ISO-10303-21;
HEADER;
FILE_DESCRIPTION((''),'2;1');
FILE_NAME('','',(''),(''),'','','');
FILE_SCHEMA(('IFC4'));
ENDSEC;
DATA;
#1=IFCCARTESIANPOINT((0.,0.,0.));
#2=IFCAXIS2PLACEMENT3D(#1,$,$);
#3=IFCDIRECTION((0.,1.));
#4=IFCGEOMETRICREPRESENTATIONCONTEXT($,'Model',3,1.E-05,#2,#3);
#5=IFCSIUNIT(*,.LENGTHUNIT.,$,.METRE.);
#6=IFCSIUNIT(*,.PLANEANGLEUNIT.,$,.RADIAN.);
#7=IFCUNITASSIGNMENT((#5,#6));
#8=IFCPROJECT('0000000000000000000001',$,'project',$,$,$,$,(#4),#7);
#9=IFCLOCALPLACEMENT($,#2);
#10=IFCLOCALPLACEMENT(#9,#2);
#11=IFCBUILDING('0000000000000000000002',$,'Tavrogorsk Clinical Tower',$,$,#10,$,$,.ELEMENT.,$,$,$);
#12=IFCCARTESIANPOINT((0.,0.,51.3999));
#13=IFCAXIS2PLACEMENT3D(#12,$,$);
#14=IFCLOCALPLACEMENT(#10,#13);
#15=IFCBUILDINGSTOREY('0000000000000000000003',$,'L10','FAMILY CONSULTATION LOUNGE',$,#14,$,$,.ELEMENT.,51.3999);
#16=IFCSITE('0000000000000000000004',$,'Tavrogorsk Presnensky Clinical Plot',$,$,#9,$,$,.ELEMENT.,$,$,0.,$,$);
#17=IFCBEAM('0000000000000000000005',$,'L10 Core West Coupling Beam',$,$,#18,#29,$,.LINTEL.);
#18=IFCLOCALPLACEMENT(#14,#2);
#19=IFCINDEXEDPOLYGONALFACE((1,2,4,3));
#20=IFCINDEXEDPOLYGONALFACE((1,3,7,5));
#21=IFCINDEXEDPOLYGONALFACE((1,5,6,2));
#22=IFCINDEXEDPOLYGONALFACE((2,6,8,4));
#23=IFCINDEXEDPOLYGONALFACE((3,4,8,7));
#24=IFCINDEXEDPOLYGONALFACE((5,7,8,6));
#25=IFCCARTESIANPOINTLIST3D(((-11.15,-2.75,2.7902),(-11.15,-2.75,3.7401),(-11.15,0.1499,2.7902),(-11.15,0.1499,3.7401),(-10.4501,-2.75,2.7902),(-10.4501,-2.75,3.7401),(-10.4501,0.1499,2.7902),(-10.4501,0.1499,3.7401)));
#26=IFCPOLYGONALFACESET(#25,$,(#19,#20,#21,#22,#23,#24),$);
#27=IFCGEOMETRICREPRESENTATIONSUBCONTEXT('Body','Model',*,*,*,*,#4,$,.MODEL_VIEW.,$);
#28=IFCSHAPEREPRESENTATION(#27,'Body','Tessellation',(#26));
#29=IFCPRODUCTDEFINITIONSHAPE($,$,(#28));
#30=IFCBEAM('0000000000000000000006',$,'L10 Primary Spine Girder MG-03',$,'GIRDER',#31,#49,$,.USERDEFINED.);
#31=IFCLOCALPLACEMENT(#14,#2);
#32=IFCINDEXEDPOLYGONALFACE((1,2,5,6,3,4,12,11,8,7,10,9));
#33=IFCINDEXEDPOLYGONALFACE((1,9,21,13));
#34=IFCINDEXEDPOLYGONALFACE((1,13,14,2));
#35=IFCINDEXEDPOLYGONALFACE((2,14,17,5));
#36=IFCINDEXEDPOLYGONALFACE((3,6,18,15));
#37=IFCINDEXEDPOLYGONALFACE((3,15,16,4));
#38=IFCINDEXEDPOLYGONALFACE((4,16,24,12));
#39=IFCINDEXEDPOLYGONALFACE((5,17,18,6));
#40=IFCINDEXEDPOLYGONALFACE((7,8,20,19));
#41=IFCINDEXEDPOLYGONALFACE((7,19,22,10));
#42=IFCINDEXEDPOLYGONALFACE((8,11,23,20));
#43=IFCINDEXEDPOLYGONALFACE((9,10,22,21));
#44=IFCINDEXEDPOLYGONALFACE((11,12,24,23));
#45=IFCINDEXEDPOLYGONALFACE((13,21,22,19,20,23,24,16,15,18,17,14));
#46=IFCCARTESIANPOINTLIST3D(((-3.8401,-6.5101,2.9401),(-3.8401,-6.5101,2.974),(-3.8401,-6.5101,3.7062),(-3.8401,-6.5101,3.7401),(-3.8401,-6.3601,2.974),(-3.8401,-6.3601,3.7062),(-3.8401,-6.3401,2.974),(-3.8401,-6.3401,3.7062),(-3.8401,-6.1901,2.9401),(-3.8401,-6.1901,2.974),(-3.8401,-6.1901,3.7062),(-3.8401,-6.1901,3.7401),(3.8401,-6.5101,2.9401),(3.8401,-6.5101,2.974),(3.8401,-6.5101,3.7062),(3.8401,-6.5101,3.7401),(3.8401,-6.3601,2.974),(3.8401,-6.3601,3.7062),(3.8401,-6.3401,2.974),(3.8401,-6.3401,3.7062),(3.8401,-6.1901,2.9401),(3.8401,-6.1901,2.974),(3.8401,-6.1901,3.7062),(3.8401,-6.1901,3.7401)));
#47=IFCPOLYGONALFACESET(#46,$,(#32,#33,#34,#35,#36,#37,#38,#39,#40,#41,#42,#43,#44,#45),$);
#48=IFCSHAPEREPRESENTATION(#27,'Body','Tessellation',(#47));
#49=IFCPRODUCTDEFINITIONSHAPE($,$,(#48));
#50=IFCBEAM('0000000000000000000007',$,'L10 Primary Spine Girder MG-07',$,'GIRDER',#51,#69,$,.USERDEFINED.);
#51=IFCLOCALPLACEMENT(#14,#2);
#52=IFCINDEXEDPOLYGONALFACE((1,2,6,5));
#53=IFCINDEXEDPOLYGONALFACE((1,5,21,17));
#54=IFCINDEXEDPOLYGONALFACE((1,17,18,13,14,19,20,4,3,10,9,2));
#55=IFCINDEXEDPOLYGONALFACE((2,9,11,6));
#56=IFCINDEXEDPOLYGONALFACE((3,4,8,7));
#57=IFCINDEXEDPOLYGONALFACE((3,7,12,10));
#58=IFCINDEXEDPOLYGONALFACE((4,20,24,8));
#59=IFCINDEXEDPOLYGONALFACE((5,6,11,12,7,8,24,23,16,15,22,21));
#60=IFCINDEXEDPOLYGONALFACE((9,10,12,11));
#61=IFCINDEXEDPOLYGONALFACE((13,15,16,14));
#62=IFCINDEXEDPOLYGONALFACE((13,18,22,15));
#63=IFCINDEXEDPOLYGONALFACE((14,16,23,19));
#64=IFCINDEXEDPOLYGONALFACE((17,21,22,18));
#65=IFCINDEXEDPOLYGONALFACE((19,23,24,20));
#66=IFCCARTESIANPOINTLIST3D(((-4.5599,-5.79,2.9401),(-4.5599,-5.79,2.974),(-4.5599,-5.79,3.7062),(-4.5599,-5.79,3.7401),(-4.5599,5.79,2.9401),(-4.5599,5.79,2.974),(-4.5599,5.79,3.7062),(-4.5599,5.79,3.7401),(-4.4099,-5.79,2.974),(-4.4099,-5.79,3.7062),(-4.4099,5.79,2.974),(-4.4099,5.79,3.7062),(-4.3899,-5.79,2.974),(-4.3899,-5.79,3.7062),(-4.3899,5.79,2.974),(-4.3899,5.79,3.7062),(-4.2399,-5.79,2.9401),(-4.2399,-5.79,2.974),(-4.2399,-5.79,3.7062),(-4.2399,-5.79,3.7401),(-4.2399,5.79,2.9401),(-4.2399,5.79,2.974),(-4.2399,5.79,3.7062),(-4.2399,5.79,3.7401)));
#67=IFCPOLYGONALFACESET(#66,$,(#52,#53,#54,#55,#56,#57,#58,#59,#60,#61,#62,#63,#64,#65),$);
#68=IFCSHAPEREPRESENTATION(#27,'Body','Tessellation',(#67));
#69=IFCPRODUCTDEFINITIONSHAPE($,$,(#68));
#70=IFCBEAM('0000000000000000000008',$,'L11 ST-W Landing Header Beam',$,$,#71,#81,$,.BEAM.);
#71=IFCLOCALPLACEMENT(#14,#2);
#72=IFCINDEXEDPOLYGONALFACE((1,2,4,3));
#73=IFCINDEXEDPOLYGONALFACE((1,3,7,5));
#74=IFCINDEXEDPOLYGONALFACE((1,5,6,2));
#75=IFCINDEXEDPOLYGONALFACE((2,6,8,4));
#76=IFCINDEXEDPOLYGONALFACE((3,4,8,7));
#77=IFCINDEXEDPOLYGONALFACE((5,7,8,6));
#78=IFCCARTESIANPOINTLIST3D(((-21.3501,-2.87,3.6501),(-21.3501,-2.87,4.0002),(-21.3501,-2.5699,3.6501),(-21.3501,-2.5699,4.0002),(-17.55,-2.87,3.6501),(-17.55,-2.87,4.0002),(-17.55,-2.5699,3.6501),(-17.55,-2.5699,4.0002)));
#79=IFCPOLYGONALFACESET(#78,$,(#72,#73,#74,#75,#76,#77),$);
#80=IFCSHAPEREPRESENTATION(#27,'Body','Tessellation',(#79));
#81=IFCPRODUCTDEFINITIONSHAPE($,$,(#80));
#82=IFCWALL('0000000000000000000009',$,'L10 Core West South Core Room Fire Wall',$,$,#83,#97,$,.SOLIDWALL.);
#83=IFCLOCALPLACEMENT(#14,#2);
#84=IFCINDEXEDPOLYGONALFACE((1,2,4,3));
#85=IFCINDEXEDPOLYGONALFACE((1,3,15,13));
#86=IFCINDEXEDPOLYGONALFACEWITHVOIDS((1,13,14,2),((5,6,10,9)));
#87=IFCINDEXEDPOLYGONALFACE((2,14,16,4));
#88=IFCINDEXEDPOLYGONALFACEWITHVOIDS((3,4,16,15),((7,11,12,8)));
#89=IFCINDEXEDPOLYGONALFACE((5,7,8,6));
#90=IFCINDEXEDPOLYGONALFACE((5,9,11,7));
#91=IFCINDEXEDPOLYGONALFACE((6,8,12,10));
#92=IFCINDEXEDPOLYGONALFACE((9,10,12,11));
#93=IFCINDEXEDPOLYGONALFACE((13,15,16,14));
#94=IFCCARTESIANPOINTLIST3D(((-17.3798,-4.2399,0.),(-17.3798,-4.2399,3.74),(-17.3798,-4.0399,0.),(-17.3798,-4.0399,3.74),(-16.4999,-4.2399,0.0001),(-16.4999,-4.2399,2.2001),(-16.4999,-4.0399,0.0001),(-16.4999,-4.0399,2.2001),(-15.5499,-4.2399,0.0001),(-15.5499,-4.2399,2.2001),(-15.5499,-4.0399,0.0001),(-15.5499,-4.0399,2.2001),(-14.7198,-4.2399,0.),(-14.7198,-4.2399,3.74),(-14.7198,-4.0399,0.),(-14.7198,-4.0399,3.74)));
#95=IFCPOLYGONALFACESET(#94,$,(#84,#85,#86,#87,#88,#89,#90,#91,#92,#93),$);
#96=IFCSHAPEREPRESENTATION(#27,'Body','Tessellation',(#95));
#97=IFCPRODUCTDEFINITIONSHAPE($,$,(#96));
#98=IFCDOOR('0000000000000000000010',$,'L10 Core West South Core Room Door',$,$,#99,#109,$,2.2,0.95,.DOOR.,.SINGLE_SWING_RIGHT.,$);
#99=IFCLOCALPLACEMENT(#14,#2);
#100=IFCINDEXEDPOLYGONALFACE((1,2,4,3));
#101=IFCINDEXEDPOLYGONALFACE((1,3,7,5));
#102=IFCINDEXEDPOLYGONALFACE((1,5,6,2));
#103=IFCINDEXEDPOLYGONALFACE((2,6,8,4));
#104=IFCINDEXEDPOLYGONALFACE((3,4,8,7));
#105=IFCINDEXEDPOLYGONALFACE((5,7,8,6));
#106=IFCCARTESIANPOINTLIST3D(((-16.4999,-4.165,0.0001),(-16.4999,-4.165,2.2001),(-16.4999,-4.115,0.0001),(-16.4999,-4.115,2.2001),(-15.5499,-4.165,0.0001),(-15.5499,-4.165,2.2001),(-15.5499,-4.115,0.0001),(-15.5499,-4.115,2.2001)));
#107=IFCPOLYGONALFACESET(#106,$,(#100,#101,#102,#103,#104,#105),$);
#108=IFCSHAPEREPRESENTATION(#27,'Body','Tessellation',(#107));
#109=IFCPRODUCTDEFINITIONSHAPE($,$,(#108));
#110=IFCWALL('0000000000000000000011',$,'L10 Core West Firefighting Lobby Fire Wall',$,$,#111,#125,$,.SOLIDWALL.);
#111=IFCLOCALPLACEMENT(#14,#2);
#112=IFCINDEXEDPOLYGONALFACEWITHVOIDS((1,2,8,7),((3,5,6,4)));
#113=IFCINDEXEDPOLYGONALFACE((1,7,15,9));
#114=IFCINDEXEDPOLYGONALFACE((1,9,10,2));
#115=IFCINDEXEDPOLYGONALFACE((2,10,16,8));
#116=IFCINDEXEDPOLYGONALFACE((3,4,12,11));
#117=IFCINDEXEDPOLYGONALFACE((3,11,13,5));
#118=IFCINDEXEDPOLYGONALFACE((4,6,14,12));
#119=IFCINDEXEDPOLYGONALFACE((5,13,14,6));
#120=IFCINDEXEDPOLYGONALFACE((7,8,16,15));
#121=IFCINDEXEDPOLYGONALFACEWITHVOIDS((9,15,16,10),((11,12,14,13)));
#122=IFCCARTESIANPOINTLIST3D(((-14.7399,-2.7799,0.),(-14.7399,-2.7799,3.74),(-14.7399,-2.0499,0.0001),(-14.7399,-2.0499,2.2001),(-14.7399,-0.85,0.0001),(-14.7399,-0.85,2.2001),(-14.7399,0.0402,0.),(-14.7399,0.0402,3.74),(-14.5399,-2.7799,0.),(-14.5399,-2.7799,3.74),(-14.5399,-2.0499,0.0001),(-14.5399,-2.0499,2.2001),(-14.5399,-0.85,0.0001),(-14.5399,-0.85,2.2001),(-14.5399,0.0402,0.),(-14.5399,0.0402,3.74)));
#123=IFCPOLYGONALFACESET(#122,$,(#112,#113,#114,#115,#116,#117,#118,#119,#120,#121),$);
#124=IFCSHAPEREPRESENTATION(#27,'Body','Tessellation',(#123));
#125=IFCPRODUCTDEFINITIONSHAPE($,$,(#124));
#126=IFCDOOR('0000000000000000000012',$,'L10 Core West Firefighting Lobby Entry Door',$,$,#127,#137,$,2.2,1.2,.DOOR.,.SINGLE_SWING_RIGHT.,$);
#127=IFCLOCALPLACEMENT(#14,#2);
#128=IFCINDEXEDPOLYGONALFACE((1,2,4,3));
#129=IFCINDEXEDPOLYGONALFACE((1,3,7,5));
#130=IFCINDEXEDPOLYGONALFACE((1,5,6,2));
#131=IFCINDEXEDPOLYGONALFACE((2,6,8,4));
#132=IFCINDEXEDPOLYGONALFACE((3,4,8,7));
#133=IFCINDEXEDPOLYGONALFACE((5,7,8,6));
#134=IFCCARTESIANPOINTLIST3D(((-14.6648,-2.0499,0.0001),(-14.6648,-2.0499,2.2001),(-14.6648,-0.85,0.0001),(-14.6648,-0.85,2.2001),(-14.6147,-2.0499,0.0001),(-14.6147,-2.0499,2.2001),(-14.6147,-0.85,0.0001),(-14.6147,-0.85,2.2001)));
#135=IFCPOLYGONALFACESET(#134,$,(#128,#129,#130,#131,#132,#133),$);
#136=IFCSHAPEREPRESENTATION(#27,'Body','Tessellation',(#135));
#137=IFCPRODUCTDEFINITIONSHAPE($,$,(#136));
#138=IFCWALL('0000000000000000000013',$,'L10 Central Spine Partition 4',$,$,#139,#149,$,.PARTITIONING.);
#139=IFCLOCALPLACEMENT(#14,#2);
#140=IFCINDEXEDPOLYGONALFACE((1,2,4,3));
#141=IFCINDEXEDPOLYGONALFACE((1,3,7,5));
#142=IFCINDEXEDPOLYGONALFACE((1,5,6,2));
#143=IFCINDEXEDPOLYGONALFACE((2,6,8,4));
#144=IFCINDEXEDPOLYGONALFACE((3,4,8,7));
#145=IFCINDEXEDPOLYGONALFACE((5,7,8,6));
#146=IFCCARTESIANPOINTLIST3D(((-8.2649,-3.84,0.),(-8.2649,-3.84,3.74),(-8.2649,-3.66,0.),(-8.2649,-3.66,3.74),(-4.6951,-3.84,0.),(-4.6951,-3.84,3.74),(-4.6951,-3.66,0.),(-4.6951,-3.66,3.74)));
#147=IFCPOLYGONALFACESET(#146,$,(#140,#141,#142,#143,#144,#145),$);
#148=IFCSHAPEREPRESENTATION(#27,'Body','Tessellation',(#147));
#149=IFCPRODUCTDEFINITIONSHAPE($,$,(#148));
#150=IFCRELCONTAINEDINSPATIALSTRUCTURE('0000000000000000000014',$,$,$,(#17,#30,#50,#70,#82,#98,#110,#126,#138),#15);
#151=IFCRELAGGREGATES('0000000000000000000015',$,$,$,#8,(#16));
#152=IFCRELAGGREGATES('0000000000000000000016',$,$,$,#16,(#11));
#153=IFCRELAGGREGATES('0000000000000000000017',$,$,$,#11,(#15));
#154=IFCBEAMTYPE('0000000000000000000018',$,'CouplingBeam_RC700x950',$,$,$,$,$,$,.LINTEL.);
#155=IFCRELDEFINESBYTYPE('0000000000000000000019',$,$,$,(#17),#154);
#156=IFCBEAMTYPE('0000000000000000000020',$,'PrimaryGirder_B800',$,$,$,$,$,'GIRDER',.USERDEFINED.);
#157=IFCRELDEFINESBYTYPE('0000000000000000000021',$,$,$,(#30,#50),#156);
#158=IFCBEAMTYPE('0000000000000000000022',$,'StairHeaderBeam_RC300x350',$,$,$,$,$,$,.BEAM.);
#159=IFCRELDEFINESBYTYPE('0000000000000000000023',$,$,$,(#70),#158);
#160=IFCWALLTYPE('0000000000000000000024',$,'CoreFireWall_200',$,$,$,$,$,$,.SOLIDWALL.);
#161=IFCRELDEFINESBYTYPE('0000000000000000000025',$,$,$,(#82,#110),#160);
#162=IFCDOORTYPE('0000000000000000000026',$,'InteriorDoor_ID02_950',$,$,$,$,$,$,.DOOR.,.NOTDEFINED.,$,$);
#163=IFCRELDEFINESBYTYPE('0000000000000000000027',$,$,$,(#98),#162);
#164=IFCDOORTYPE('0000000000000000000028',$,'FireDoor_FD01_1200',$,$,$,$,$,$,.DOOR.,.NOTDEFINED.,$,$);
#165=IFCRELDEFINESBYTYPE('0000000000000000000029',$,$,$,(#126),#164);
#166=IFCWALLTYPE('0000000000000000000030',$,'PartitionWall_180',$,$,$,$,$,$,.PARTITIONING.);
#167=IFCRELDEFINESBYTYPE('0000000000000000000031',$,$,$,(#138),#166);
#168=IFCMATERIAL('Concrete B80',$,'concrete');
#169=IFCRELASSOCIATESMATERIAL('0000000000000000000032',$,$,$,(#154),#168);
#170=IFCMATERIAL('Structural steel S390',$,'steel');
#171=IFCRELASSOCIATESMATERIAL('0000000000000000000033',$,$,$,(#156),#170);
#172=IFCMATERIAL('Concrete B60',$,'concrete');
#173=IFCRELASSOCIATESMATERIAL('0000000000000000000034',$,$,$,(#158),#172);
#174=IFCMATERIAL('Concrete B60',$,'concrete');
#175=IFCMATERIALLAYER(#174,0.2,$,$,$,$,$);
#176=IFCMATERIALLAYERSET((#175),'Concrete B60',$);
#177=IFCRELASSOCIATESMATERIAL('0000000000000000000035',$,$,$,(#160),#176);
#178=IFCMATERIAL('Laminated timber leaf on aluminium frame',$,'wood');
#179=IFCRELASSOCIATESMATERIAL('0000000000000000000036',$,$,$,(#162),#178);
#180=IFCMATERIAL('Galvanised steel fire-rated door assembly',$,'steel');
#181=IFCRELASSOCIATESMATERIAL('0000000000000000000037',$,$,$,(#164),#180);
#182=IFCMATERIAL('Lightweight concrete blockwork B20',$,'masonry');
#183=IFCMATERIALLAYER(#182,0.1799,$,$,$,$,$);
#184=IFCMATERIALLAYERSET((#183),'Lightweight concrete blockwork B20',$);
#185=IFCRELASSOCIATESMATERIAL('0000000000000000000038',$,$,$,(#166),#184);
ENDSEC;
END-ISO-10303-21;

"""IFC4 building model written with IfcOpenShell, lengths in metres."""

from ifc_helpers import new_model, si_unit, direction, frame, frame_2d, origin, origin_2d, place, context, subcontext, project, spatial, rectangle, i_section, extrude, material, layer, layer_set, material_profile, profile_set, type_object, element, fill, save


model = new_model("IFC4")

# Units and contexts
model_context = context("Model", 3, precision=1e-05, world=origin(), true_north=direction((0.0, 1.0)))
body_context = subcontext(model_context, "Body", "Model", "MODEL_VIEW")
ifc_project = project(units=[si_unit("LENGTHUNIT", "METRE"), si_unit("PLANEANGLEUNIT", "RADIAN")], contexts=[model_context])

# Site, building, storey
site_placement = place(None, origin())
site = spatial("IfcSite", under=ifc_project, at=site_placement, Name="Tavrogorsk Presnensky Clinical Plot", CompositionType="ELEMENT", RefElevation=0.0)
building_placement = place(site_placement, origin())
building = spatial("IfcBuilding", under=site, at=building_placement, Name="Tavrogorsk Clinical Tower", CompositionType="ELEMENT")
storey_placement = place(building_placement, frame((0.0, 0.0, 51.3999)))
storey = spatial("IfcBuildingStorey", under=building, at=storey_placement, Name="L10", Description="FAMILY CONSULTATION LOUNGE", CompositionType="ELEMENT", Elevation=51.3999)

# Beams
ifc_material_1 = material(Name="Concrete B80", Category="concrete")
ifc_material_profile_1 = material_profile(ifc_material_1, rectangle(XDim=0.7, YDim=0.95, at=origin_2d()), Name="RC-CB-700x950")
ifc_profile_set_1 = profile_set([ifc_material_profile_1], Name="Concrete B80")
beam_type_1 = type_object("IfcBeamType", Name="CouplingBeam_RC700x950", PredefinedType="LINTEL", material=ifc_profile_set_1)
beam_1_placement = place(storey_placement, frame((-10.8, -2.75, 3.2651), z_axis=(0.0, 1.0, 0.0), x_axis=(-1.0, 0.0, 0.0)))
element("IfcBeam", 1, at=beam_1_placement, inside=storey, type_object=beam_type_1, Name="L10 Core West Coupling Beam", PredefinedType="LINTEL", context=body_context, shape_type="SweptSolid", body=[
    extrude(rectangle(XDim=0.7, YDim=0.95, at=origin_2d()), origin(), (0.0, 0.0, 1.0), 2.8999),
])
ifc_material_2 = material(Name="Structural steel S390", Category="steel")
ifc_material_profile_2 = material_profile(ifc_material_2, i_section(OverallWidth=0.3201, OverallDepth=0.8, WebThickness=0.02, FlangeThickness=0.0339, at=origin_2d()), Name="B-800x320x20x34")
ifc_profile_set_2 = profile_set([ifc_material_profile_2], Name="Structural steel S390")
beam_type_2 = type_object("IfcBeamType", Name="PrimaryGirder_B800", ElementType="GIRDER", PredefinedType="USERDEFINED", material=ifc_profile_set_2)
beam_2_placement = place(storey_placement, frame((-3.8401, -6.3501, 3.3401), z_axis=(1.0, 0.0, 0.0), x_axis=(0.0, 1.0, 0.0)))
element("IfcBeam", 2, at=beam_2_placement, inside=storey, type_object=beam_type_2, Name="L10 Primary Spine Girder MG-03", ObjectType="GIRDER", PredefinedType="USERDEFINED", context=body_context, shape_type="SweptSolid", body=[
    extrude(i_section(OverallWidth=0.3201, OverallDepth=0.8, WebThickness=0.02, FlangeThickness=0.0339, at=origin_2d()), origin(), (0.0, 0.0, 1.0), 7.6802),
])
beam_3_placement = place(storey_placement, frame((-4.3999, -5.79, 3.3401), z_axis=(0.0, 1.0, 0.0), x_axis=(-1.0, 0.0, 0.0)))
element("IfcBeam", 3, at=beam_3_placement, inside=storey, type_object=beam_type_2, Name="L10 Primary Spine Girder MG-07", ObjectType="GIRDER", PredefinedType="USERDEFINED", context=body_context, shape_type="SweptSolid", body=[
    extrude(i_section(OverallWidth=0.3201, OverallDepth=0.8, WebThickness=0.02, FlangeThickness=0.0339, at=origin_2d()), origin(), (0.0, 0.0, 1.0), 11.5801),
])
ifc_material_3 = material(Name="Concrete B60", Category="concrete")
ifc_material_profile_3 = material_profile(ifc_material_3, rectangle(XDim=0.3, YDim=0.3501, at=origin_2d()), Name="RC-SHB-300x350")
ifc_profile_set_3 = profile_set([ifc_material_profile_3], Name="Concrete B60")
beam_type_3 = type_object("IfcBeamType", Name="StairHeaderBeam_RC300x350", PredefinedType="BEAM", material=ifc_profile_set_3)
beam_4_placement = place(storey_placement, frame((-21.3501, -2.72, 3.8252), z_axis=(1.0, 0.0, 0.0), x_axis=(0.0, 1.0, 0.0)))
element("IfcBeam", 4, at=beam_4_placement, inside=storey, type_object=beam_type_3, Name="L11 ST-W Landing Header Beam", PredefinedType="BEAM", context=body_context, shape_type="SweptSolid", body=[
    extrude(rectangle(XDim=0.3, YDim=0.3501, at=origin_2d()), origin(), (0.0, 0.0, 1.0), 3.8),
])

# Walls, openings, doors
ifc_material_4 = material(Name="Concrete B60", Category="concrete")
ifc_layer_1 = layer(ifc_material_4, 0.2)
ifc_layer_set_1 = layer_set([ifc_layer_1], Name="Concrete B60")
wall_type_1 = type_object("IfcWallType", Name="CoreFireWall_200", PredefinedType="SOLIDWALL", material=ifc_layer_set_1)
wall_1_placement = place(storey_placement, frame((-17.3799, -4.1399, 0.0), z_axis=(0.0, 0.0, 1.0), x_axis=(1.0, 0.0, 0.0)))
wall_1 = element("IfcWall", 5, at=wall_1_placement, inside=storey, type_object=wall_type_1, Name="L10 Core West South Core Room Fire Wall", PredefinedType="SOLIDWALL", context=body_context, shape_type="SweptSolid", body=[
    extrude(rectangle(XDim=2.6599, YDim=0.2, at=frame_2d((1.3301, 0.0))), origin(), (0.0, 0.0, 1.0), 3.74),
])
opening_1_placement = place(wall_1_placement, frame((0.8799, 0.0, 0.0)))
opening_1 = element("IfcOpeningElement", 6, at=opening_1_placement, cuts=wall_1, PredefinedType="OPENING", context=body_context, shape_type="SweptSolid", body=[
    extrude(rectangle(XDim=0.95, YDim=2.2, at=frame_2d((0.4751, 1.1001))), frame((0.0, 0.1099, 0.0), z_axis=(0.0, -1.0, 0.0), x_axis=(1.0, 0.0, 0.0)), (0.0, 0.0, 1.0), 0.22),
])
ifc_material_5 = material(Name="Laminated timber leaf on aluminium frame", Category="wood")
door_type_1 = type_object("IfcDoorType", Name="InteriorDoor_ID02_950", OperationType="NOTDEFINED", PredefinedType="DOOR", material=ifc_material_5)
door_1_placement = place(opening_1_placement, origin())
door_1 = element("IfcDoor", 7, at=door_1_placement, inside=storey, type_object=door_type_1, Name="L10 Core West South Core Room Door", OperationType="SINGLE_SWING_RIGHT", OverallHeight=2.2, OverallWidth=0.95, PredefinedType="DOOR", context=body_context, shape_type="SweptSolid", body=[
    extrude(rectangle(XDim=0.95, YDim=2.2, at=frame_2d((0.4751, 1.1001))), frame((0.0, 0.0249, 0.0), z_axis=(0.0, -1.0, 0.0), x_axis=(1.0, 0.0, 0.0)), (0.0, 0.0, 1.0), 0.05),
])
fill(opening_1, door_1)
wall_2_placement = place(storey_placement, frame((-14.6399, -2.78, 0.0), z_axis=(0.0, 0.0, 1.0), x_axis=(0.0, 1.0, 0.0)))
wall_2 = element("IfcWall", 8, at=wall_2_placement, inside=storey, type_object=wall_type_1, Name="L10 Core West Firefighting Lobby Fire Wall", PredefinedType="SOLIDWALL", context=body_context, shape_type="SweptSolid", body=[
    extrude(rectangle(XDim=2.8201, YDim=0.2, at=frame_2d((1.4102, 0.0))), origin(), (0.0, 0.0, 1.0), 3.74),
])
opening_2_placement = place(wall_2_placement, frame((0.73, 0.0, 0.0)))
opening_2 = element("IfcOpeningElement", 9, at=opening_2_placement, cuts=wall_2, PredefinedType="OPENING", context=body_context, shape_type="SweptSolid", body=[
    extrude(rectangle(XDim=1.2, YDim=2.2, at=frame_2d((0.6001, 1.1001))), frame((0.0, 0.1099, 0.0), z_axis=(0.0, -1.0, 0.0), x_axis=(1.0, 0.0, 0.0)), (0.0, 0.0, 1.0), 0.22),
])
ifc_material_6 = material(Name="Galvanised steel fire-rated door assembly", Category="steel")
door_type_2 = type_object("IfcDoorType", Name="FireDoor_FD01_1200", OperationType="NOTDEFINED", PredefinedType="DOOR", material=ifc_material_6)
door_2_placement = place(opening_2_placement, origin())
door_2 = element("IfcDoor", 10, at=door_2_placement, inside=storey, type_object=door_type_2, Name="L10 Core West Firefighting Lobby Entry Door", OperationType="SINGLE_SWING_RIGHT", OverallHeight=2.2, OverallWidth=1.2, PredefinedType="DOOR", context=body_context, shape_type="SweptSolid", body=[
    extrude(rectangle(XDim=1.2, YDim=2.2, at=frame_2d((0.6001, 1.1001))), frame((0.0, 0.0249, 0.0), z_axis=(0.0, -1.0, 0.0), x_axis=(1.0, 0.0, 0.0)), (0.0, 0.0, 1.0), 0.05),
])
fill(opening_2, door_2)

# Wall
ifc_material_7 = material(Name="Lightweight concrete blockwork B20", Category="masonry")
ifc_layer_2 = layer(ifc_material_7, 0.1799)
ifc_layer_set_2 = layer_set([ifc_layer_2], Name="Lightweight concrete blockwork B20")
wall_type_2 = type_object("IfcWallType", Name="PartitionWall_180", PredefinedType="PARTITIONING", material=ifc_layer_set_2)
wall_3_placement = place(storey_placement, frame((-8.2649, -3.75, 0.0), z_axis=(0.0, 0.0, 1.0), x_axis=(1.0, 0.0, 0.0)))
element("IfcWall", 11, at=wall_3_placement, inside=storey, type_object=wall_type_2, Name="L10 Central Spine Partition 4", PredefinedType="PARTITIONING", context=body_context, shape_type="SweptSolid", body=[
    extrude(rectangle(XDim=3.5698, YDim=0.1799, at=frame_2d((1.7849, 0.0))), origin(), (0.0, 0.0, 1.0), 3.74),
])

save(model, "model.ifc")
